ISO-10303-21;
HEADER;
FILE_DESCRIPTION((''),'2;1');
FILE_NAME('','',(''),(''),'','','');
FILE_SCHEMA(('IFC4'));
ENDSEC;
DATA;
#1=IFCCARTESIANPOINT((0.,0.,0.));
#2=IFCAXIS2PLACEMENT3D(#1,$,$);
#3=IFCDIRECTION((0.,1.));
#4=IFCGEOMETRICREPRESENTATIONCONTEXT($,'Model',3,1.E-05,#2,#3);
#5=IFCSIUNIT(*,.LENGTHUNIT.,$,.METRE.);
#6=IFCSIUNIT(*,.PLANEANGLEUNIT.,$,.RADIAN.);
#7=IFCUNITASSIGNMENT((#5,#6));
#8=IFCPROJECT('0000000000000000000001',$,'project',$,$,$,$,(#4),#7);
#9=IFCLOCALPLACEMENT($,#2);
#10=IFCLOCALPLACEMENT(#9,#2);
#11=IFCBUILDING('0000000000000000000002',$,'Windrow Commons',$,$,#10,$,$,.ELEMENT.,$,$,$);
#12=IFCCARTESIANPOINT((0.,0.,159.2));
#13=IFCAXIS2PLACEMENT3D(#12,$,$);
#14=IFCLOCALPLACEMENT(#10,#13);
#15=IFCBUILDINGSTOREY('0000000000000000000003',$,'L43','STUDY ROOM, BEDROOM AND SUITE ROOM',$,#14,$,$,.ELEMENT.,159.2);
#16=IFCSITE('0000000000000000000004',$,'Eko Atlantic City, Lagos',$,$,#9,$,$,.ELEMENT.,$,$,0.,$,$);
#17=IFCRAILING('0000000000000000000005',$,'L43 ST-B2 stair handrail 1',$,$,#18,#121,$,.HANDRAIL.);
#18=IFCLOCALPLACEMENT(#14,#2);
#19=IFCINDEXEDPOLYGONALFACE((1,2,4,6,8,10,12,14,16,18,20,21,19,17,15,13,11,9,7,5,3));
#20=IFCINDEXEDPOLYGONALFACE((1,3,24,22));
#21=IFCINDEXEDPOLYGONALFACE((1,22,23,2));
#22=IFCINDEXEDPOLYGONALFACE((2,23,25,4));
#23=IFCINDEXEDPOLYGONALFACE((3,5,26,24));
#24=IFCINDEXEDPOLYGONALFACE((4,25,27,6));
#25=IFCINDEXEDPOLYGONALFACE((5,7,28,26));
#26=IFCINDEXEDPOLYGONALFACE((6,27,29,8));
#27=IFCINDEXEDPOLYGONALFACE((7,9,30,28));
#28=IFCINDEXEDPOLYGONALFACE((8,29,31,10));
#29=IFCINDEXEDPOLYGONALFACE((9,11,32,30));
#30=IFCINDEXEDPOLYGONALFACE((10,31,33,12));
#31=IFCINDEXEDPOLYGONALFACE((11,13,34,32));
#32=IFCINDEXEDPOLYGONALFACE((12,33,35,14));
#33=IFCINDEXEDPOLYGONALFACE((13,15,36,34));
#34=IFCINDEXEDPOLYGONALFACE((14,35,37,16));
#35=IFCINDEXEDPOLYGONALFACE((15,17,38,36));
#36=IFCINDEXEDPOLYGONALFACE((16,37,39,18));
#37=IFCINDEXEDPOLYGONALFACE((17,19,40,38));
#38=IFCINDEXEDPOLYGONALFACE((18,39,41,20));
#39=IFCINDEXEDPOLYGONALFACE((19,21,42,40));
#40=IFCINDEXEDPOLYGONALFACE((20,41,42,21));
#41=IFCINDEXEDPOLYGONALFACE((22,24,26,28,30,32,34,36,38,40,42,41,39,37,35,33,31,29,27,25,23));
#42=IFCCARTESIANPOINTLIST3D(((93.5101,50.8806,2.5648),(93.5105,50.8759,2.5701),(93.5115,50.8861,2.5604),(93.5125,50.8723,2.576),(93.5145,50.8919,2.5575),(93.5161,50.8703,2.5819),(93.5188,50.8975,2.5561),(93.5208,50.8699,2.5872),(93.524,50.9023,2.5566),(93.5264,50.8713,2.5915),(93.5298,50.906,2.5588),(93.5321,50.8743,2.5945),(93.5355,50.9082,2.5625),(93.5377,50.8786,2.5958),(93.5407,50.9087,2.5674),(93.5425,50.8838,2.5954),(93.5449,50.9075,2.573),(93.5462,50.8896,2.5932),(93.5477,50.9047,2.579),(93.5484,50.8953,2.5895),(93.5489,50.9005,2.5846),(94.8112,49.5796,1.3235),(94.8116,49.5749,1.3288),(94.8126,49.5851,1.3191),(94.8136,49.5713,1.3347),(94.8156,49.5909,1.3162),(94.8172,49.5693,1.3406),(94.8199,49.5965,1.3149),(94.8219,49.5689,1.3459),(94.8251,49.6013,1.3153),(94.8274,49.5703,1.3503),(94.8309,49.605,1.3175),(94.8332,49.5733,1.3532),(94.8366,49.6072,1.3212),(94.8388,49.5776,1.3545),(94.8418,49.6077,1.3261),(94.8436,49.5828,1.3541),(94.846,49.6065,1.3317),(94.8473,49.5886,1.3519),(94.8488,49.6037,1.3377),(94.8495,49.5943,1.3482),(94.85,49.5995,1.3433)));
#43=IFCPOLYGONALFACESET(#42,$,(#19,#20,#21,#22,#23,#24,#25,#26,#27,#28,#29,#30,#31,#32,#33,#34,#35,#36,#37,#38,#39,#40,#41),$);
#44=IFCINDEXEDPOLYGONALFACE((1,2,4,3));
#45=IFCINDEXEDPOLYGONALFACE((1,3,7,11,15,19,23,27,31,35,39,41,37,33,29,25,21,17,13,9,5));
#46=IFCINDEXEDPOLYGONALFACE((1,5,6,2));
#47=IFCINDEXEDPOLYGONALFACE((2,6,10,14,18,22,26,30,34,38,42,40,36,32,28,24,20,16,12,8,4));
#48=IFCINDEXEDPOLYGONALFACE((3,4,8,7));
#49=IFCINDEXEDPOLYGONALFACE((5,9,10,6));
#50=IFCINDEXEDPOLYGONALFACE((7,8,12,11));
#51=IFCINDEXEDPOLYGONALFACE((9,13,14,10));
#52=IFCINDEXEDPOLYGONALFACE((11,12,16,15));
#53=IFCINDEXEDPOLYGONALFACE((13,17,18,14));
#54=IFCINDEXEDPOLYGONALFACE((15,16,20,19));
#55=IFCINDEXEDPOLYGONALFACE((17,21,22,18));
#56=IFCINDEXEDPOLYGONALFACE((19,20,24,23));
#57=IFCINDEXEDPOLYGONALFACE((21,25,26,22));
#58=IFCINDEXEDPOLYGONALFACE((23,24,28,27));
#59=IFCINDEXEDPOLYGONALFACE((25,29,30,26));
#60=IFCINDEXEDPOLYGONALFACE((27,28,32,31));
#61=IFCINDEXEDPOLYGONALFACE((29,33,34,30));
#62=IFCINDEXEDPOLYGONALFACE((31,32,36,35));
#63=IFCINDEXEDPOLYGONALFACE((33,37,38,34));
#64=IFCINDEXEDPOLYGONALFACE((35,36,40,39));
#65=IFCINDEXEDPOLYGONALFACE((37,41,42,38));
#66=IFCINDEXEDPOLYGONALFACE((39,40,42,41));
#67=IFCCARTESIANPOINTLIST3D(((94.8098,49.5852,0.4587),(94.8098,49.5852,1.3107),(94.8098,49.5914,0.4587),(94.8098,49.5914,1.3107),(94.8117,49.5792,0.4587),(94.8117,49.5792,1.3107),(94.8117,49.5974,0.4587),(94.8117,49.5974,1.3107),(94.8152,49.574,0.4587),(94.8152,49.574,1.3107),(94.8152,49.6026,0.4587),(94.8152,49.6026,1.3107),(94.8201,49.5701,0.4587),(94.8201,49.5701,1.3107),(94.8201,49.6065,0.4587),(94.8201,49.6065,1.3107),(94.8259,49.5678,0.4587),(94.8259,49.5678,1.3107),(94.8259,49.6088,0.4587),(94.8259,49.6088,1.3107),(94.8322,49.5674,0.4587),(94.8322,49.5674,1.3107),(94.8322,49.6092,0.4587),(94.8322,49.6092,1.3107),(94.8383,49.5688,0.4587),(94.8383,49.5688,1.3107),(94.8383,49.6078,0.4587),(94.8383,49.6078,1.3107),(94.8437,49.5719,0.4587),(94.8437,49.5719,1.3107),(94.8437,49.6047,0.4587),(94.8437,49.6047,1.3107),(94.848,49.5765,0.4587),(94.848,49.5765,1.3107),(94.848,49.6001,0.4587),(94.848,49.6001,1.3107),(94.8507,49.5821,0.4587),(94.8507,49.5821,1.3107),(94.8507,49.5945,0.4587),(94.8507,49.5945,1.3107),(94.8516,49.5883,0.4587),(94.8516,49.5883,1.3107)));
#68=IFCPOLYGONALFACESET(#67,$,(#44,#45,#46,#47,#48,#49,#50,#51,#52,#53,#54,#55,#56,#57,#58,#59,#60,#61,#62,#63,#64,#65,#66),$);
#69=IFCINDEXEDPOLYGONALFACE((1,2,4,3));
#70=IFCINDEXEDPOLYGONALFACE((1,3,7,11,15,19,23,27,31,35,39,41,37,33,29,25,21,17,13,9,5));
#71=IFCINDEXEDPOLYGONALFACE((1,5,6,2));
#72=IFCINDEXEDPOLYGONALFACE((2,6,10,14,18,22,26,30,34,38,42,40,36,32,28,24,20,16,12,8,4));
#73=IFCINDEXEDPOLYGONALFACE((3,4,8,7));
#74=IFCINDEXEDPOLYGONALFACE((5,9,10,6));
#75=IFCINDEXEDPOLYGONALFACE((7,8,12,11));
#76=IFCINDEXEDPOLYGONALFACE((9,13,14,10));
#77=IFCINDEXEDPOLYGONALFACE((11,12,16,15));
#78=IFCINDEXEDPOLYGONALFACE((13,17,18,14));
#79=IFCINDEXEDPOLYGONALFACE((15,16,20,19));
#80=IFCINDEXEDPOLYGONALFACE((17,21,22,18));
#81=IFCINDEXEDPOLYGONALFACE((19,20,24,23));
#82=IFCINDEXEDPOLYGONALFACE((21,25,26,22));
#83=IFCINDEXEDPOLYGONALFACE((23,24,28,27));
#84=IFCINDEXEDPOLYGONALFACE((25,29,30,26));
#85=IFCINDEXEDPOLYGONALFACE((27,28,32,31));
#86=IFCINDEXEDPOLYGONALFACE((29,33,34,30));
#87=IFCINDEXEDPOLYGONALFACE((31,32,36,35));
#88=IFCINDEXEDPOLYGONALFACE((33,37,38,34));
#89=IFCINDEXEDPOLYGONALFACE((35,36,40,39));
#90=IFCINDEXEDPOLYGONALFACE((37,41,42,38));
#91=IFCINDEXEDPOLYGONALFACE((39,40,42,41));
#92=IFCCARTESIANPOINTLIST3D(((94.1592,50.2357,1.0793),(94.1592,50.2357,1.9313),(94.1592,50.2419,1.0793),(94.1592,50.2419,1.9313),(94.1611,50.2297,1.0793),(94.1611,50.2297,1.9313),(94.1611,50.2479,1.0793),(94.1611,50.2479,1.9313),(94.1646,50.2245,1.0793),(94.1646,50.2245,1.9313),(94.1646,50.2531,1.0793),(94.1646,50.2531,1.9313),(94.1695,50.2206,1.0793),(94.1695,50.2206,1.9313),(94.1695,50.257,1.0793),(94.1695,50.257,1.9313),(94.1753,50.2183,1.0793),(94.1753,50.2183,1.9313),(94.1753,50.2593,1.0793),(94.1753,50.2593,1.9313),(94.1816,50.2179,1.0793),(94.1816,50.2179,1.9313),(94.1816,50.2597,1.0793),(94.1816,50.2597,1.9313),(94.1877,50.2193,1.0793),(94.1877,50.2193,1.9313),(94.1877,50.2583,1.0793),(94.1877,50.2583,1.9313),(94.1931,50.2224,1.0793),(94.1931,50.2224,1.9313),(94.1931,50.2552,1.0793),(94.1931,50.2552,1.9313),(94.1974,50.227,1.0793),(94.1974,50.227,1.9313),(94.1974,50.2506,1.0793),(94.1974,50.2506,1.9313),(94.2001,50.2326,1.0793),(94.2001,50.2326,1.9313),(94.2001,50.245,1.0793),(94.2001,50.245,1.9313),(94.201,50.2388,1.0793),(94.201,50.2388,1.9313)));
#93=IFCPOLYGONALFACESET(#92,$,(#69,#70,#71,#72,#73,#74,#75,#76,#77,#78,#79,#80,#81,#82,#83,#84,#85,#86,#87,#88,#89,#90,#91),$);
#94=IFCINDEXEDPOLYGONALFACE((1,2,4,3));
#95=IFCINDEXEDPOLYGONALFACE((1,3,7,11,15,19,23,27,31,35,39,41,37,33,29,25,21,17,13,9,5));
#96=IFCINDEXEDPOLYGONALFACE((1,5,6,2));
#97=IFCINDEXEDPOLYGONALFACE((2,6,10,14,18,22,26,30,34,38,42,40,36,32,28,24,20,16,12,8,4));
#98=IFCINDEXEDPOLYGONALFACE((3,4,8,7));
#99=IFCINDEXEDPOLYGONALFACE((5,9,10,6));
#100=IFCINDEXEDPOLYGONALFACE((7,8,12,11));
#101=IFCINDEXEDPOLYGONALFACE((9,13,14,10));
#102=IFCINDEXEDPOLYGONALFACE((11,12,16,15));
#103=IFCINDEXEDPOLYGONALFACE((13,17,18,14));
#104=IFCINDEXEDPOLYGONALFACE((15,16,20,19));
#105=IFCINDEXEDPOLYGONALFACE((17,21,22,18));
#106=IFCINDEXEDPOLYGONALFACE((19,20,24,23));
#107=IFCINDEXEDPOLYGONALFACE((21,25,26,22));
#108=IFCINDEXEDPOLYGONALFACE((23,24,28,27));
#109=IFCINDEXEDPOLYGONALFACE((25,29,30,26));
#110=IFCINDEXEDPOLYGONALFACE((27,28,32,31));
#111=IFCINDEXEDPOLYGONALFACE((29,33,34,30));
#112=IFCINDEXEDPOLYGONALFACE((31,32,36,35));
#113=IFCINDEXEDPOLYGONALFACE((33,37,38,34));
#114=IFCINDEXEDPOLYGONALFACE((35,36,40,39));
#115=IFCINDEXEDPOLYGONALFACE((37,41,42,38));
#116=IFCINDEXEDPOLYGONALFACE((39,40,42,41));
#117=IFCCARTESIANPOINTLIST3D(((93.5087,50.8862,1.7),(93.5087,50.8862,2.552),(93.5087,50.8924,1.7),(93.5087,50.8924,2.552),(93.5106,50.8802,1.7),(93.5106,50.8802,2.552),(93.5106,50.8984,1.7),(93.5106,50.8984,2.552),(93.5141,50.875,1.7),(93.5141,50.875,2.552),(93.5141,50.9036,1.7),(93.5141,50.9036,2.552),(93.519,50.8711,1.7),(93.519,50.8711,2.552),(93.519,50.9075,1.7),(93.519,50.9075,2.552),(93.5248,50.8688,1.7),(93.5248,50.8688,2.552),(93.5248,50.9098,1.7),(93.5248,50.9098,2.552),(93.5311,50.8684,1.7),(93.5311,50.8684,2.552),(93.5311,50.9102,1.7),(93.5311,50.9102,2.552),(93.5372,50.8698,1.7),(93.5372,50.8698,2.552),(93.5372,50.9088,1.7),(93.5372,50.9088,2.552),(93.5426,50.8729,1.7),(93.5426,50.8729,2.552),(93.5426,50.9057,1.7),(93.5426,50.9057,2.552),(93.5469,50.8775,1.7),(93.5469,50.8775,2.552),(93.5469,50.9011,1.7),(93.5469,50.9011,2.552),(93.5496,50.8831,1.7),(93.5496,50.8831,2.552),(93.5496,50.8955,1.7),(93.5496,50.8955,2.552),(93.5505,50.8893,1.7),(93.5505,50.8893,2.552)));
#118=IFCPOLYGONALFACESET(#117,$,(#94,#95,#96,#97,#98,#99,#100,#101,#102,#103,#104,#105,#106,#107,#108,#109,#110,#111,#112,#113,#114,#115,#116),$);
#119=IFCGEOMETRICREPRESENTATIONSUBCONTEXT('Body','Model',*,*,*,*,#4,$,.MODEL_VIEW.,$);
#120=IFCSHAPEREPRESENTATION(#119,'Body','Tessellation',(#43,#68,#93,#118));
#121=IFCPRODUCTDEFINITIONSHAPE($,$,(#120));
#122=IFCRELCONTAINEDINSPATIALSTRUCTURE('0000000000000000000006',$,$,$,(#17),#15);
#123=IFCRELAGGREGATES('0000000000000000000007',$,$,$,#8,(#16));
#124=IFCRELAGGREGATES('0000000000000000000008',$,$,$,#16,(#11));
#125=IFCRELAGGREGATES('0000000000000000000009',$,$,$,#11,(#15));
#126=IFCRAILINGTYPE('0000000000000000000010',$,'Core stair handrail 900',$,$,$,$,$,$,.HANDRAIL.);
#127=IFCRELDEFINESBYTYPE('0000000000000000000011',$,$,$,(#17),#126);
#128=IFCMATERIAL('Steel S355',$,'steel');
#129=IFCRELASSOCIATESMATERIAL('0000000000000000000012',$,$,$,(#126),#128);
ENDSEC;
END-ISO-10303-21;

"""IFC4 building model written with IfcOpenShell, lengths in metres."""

from ifc_helpers import new_model, si_unit, direction, frame, origin, origin_2d, place, context, subcontext, project, spatial, circle, extrude, material, type_object, element, save


model = new_model("IFC4")

# Units and contexts
model_context = context("Model", 3, precision=1e-05, world=origin(), true_north=direction((0.0, 1.0)))
body_context = subcontext(model_context, "Body", "Model", "MODEL_VIEW")
ifc_project = project(units=[si_unit("LENGTHUNIT", "METRE"), si_unit("PLANEANGLEUNIT", "RADIAN")], contexts=[model_context])

# Site, building, storey
site_placement = place(None, origin())
site = spatial("IfcSite", under=ifc_project, at=site_placement, Name="Eko Atlantic City, Lagos", CompositionType="ELEMENT", RefElevation=0.0)
building_placement = place(site_placement, origin())
building = spatial("IfcBuilding", under=site, at=building_placement, Name="Windrow Commons", CompositionType="ELEMENT")
storey_placement = place(building_placement, frame((0.0, 0.0, 159.2)))
storey = spatial("IfcBuildingStorey", under=building, at=storey_placement, Name="L43", Description="STUDY ROOM, BEDROOM AND SUITE ROOM", CompositionType="ELEMENT", Elevation=159.2)

# Railing
ifc_material_1 = material(Name="Steel S355", Category="steel")
railing_type_1 = type_object("IfcRailingType", Name="Core stair handrail 900", PredefinedType="HANDRAIL", material=ifc_material_1)
railing_1_placement = place(storey_placement, frame((94.8306, 49.5883, 0.4587)))
element("IfcRailing", 1, at=railing_1_placement, inside=storey, type_object=railing_type_1, Name="L43 ST-B2 stair handrail 1", PredefinedType="HANDRAIL", context=body_context, shape_type="SweptSolid", body=[
    extrude(circle(Radius=0.024, at=origin_2d()), frame((0.0, 0.0, 0.876), z_axis=(-0.586207, 0.586162, 0.559264), x_axis=(-0.70708, -0.707134, 0.0)), (0.0, 0.0, 1.0), 2.2195),
    extrude(circle(Radius=0.021, at=origin_2d()), origin(), (0.0, 0.0, 1.0), 0.852),
    extrude(circle(Radius=0.021, at=origin_2d()), frame((-0.6506, 0.6505, 0.6206)), (0.0, 0.0, 1.0), 0.852),
    extrude(circle(Radius=0.021, at=origin_2d()), frame((-1.3011, 1.301, 1.2413)), (0.0, 0.0, 1.0), 0.852),
])

save(model, "model.ifc")
